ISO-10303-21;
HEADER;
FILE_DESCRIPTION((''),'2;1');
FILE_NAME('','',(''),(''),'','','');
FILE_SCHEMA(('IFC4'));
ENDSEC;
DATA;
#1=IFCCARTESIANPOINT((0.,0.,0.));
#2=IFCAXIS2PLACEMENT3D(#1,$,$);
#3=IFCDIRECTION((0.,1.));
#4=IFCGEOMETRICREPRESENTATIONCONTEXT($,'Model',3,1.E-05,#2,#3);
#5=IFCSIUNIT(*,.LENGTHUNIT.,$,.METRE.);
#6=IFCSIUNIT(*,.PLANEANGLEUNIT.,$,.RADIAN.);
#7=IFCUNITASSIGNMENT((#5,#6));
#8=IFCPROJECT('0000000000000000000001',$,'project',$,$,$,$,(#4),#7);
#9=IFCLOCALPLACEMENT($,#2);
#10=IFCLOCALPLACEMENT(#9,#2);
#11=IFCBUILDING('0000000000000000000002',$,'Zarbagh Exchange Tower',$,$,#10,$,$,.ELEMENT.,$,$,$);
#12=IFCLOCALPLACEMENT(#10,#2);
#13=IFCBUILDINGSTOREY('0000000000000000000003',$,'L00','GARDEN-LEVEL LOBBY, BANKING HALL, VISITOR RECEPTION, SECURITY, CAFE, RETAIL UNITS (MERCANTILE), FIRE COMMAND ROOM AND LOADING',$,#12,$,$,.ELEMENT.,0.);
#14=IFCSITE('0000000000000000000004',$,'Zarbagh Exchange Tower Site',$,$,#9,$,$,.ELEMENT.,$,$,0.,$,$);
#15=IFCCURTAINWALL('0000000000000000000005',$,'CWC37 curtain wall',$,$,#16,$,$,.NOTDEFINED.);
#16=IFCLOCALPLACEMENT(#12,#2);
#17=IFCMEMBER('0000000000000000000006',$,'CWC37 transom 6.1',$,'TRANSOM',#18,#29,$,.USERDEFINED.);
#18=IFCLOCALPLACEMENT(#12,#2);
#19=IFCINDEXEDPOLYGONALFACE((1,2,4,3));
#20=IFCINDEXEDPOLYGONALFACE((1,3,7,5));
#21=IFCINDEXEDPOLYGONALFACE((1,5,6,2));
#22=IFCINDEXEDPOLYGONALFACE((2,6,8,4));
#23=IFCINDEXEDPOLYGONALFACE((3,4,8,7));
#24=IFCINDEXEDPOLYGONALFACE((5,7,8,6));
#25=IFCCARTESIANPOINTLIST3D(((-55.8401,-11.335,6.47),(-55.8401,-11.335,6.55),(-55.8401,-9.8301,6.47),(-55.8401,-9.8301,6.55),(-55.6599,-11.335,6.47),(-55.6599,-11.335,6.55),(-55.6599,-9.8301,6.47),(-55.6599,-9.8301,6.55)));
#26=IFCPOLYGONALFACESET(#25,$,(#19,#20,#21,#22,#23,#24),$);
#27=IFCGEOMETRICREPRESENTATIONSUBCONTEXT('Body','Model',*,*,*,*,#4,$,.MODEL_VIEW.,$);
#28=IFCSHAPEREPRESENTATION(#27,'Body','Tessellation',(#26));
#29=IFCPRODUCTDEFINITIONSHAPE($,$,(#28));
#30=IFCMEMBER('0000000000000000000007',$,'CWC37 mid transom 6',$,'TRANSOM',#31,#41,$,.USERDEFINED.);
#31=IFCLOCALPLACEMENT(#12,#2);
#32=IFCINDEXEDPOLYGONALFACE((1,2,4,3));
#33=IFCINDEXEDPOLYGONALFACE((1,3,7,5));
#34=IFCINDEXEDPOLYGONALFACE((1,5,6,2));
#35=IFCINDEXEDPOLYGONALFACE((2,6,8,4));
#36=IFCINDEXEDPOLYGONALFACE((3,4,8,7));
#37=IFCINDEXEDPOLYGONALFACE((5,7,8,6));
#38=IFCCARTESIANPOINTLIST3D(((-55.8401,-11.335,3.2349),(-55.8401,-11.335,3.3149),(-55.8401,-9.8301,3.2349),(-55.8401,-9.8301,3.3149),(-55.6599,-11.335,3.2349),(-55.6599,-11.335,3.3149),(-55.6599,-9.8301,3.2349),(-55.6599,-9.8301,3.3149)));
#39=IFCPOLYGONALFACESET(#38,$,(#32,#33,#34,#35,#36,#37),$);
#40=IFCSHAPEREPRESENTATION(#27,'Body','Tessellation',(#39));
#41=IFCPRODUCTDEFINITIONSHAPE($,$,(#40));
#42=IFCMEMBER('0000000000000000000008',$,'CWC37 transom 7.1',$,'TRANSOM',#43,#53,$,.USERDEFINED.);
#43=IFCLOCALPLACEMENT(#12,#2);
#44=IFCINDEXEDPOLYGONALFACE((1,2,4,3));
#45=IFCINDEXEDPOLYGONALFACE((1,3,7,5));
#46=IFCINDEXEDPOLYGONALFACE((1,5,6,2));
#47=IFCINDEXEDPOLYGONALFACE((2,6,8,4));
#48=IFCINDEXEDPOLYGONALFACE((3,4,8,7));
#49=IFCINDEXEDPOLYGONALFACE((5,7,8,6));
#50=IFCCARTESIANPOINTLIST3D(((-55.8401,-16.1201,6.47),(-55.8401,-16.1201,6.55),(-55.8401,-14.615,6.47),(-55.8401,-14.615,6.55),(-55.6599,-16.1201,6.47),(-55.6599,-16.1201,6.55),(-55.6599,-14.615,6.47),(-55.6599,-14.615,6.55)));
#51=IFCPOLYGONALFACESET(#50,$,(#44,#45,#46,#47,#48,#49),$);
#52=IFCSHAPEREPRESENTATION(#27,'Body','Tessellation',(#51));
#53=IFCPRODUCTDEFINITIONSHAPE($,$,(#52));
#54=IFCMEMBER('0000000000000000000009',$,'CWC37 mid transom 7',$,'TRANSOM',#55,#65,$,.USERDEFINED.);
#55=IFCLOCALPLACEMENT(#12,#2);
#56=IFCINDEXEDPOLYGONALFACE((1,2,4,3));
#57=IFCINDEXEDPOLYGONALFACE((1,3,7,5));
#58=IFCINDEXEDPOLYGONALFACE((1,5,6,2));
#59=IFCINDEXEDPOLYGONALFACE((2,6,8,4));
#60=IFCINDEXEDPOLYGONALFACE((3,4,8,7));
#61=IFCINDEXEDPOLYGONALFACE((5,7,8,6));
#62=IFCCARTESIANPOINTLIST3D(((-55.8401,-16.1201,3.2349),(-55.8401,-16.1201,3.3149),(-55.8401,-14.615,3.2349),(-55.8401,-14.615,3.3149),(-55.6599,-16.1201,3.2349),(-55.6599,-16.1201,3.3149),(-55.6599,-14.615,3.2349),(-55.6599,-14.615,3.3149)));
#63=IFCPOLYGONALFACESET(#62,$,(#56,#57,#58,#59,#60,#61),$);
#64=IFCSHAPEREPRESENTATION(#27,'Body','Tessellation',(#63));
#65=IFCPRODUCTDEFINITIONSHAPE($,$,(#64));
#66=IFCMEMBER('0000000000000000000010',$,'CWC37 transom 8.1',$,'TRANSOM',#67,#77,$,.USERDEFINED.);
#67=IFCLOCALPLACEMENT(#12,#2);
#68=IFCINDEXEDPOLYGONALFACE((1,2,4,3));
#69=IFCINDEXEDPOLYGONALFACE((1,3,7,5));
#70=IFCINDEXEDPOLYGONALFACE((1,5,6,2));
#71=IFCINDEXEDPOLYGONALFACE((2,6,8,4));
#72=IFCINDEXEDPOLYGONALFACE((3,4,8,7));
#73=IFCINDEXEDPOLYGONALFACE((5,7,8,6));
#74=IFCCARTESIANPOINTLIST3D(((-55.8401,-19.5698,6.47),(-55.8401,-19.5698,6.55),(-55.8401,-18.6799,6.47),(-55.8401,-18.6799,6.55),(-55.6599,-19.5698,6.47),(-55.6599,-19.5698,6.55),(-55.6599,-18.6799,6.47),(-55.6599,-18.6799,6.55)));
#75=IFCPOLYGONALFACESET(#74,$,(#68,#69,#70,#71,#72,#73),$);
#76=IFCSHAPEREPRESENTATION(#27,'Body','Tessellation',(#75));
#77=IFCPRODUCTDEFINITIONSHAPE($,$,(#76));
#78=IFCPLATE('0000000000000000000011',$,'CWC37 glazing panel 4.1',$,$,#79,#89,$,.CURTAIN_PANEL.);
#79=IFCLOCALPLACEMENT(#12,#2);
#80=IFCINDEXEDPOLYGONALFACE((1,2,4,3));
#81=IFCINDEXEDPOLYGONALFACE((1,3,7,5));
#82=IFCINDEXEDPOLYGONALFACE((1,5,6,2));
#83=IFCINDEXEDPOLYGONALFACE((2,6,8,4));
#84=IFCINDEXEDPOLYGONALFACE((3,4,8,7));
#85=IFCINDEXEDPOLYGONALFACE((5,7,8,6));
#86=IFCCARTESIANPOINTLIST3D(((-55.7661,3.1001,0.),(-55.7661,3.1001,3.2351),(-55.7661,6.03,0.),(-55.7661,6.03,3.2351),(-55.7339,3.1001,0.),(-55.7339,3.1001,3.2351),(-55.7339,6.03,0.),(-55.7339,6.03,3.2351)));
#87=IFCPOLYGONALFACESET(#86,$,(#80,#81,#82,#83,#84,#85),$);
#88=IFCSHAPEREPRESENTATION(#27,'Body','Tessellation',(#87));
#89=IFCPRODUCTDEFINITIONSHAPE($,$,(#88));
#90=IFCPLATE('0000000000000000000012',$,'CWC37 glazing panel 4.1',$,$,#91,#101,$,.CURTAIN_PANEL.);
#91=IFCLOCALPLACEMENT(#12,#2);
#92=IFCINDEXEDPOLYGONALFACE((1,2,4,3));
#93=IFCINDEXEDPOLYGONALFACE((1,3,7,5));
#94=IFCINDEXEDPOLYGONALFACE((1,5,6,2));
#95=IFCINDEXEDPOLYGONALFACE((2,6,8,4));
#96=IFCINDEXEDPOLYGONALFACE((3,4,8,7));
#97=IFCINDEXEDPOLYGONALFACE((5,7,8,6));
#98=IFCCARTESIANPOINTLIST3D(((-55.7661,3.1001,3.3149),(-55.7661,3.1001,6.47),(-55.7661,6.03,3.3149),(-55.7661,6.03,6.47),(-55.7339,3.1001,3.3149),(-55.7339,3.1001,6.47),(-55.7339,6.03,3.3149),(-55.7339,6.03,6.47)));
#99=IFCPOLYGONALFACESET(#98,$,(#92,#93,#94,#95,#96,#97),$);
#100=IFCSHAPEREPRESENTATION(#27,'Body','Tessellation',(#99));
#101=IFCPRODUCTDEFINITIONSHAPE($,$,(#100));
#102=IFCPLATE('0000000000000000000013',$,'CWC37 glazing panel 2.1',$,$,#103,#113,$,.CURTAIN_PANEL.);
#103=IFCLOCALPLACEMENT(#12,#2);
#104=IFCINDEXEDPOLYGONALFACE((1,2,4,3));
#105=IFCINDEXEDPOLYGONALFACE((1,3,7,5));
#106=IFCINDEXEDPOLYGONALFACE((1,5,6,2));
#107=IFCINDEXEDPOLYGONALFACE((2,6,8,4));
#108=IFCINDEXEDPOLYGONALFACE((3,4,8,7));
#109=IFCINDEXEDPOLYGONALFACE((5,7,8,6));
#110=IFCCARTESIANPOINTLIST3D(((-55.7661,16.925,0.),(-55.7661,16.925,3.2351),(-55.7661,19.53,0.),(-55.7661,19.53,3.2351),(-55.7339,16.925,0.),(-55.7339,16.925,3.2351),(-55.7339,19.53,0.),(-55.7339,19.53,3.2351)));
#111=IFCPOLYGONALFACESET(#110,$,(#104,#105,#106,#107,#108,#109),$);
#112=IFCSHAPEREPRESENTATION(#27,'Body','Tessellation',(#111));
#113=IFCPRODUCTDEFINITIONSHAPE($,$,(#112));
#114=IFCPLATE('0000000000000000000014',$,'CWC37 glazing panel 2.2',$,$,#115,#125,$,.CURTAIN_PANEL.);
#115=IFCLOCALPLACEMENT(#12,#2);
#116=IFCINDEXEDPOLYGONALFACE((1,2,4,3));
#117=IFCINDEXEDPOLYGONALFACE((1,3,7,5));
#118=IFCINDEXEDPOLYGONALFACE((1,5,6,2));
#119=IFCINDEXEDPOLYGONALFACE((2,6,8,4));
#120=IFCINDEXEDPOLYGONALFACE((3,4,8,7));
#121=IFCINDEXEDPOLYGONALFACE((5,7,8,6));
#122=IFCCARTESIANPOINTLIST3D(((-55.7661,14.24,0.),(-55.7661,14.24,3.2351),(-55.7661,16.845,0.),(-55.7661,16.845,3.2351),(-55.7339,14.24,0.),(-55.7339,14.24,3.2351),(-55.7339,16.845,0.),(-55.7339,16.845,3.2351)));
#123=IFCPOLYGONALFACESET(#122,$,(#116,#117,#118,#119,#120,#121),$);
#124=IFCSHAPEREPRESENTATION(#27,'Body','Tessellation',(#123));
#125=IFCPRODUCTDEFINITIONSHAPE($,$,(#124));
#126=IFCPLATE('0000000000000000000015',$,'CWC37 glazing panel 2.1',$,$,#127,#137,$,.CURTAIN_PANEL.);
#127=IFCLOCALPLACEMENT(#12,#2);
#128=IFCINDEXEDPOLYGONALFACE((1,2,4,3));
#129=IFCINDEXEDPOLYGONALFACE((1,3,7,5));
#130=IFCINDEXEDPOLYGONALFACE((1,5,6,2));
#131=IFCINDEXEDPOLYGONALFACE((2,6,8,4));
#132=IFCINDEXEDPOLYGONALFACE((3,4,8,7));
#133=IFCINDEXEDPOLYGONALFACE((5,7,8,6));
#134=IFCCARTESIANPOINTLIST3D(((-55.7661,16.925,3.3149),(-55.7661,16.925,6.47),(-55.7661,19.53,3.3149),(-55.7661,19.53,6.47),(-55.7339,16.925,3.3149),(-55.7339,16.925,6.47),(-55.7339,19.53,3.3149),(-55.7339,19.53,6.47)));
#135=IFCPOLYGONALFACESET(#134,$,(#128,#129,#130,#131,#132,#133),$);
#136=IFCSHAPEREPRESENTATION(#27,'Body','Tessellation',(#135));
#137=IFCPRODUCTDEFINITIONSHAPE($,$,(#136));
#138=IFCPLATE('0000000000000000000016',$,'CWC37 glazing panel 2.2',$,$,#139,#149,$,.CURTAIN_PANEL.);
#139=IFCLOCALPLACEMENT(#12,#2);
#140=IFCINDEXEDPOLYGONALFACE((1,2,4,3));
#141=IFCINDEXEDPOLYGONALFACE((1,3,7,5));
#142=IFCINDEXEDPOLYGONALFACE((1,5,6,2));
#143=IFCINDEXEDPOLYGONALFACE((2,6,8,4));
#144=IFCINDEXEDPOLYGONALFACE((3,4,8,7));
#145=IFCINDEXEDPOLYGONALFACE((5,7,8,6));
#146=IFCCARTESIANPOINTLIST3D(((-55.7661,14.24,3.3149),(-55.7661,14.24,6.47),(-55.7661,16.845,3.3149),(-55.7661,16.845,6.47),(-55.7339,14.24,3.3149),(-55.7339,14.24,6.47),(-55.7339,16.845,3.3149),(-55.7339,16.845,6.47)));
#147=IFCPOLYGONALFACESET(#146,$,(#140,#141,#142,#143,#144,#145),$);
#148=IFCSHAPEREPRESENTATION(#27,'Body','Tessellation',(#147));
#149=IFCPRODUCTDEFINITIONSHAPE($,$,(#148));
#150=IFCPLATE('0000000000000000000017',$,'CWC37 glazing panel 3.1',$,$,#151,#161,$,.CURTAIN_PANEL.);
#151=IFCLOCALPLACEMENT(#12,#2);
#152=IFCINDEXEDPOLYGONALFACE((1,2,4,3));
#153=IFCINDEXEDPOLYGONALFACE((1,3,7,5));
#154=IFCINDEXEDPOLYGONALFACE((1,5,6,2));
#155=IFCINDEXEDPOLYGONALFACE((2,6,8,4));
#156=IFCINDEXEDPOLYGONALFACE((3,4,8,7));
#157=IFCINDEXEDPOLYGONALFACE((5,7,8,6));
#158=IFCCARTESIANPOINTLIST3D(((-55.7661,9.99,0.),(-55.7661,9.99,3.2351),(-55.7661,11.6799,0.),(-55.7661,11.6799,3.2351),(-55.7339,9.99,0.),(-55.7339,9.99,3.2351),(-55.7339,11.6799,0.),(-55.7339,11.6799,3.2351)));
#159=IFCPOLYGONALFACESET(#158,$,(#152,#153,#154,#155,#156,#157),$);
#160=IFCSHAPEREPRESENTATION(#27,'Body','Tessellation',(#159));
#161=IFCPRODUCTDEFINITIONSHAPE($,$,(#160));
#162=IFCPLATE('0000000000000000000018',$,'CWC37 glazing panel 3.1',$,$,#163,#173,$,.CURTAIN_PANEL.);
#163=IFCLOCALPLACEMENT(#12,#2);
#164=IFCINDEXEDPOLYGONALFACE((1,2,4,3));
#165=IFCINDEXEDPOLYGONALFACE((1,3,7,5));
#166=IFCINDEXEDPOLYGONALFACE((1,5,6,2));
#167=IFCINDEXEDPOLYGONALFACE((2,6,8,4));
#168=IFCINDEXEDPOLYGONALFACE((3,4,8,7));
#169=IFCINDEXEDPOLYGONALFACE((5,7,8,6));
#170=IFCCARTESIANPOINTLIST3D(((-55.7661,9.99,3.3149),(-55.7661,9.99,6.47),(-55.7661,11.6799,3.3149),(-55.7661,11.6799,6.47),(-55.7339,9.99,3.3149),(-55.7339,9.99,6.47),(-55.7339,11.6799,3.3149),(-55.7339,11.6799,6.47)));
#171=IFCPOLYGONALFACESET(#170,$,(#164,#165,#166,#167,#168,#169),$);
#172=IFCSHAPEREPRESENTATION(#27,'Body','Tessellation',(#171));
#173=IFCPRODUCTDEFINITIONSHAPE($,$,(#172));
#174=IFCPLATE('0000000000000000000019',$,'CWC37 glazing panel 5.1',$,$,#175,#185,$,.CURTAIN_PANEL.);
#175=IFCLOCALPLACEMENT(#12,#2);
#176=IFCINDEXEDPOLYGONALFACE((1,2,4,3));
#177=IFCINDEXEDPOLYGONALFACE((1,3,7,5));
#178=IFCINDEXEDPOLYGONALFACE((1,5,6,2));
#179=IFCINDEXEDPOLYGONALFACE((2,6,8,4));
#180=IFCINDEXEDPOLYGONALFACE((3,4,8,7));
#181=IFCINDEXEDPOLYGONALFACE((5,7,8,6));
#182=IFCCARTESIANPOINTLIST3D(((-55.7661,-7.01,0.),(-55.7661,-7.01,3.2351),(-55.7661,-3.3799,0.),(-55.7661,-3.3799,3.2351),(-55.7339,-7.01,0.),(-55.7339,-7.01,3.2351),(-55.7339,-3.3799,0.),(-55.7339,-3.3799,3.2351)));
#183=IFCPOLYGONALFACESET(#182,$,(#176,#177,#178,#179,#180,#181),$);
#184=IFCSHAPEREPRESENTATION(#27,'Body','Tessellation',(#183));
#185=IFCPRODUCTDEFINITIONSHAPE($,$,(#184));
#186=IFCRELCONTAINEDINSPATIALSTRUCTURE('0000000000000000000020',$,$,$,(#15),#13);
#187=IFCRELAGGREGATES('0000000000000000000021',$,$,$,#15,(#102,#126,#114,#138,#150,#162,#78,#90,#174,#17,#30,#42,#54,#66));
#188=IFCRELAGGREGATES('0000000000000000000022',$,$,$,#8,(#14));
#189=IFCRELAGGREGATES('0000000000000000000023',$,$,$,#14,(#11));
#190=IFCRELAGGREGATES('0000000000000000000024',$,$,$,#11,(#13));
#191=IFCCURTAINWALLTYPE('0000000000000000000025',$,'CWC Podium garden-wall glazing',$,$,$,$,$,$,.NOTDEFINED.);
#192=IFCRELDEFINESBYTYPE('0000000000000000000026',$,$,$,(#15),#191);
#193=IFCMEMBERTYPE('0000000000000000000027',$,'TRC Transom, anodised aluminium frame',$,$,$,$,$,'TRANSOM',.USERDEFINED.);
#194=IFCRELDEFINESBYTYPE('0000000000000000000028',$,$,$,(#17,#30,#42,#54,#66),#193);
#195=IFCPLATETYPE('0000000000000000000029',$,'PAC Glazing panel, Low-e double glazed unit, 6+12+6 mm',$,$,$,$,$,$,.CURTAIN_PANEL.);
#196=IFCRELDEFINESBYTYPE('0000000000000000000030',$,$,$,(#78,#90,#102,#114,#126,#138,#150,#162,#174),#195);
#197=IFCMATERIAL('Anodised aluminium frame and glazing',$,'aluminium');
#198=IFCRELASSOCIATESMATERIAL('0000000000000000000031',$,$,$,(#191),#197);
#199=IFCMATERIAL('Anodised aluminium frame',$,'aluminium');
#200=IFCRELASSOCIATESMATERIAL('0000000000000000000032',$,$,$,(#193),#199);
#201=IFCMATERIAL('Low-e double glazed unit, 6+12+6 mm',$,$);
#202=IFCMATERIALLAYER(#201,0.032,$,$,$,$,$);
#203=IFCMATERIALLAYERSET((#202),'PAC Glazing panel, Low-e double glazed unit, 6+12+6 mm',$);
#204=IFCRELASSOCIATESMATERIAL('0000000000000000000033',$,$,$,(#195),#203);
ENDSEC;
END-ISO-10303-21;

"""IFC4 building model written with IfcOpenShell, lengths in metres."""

from ifc_helpers import new_model, si_unit, direction, origin, place, context, subcontext, project, spatial, polyline, outline, extrude, source, transform, mapped, material, layer, layer_set, type_object, element, aggregate, save


model = new_model("IFC4")

# Units and contexts
model_context = context("Model", 3, precision=1e-05, world=origin(), true_north=direction((0.0, 1.0)))
body_context = subcontext(model_context, "Body", "Model", "MODEL_VIEW")
ifc_project = project(units=[si_unit("LENGTHUNIT", "METRE"), si_unit("PLANEANGLEUNIT", "RADIAN")], contexts=[model_context])

# Site, building, storey
site_placement = place(None, origin())
site = spatial("IfcSite", under=ifc_project, at=site_placement, Name="Zarbagh Exchange Tower Site", CompositionType="ELEMENT", RefElevation=0.0)
building_placement = place(site_placement, origin())
building = spatial("IfcBuilding", under=site, at=building_placement, Name="Zarbagh Exchange Tower", CompositionType="ELEMENT")
storey_placement = place(building_placement, origin())
storey = spatial("IfcBuildingStorey", under=building, at=storey_placement, Name="L00", Description="GARDEN-LEVEL LOBBY, BANKING HALL, VISITOR RECEPTION, SECURITY, CAFE, RETAIL UNITS (MERCANTILE), FIRE COMMAND ROOM AND LOADING", CompositionType="ELEMENT", Elevation=0.0)

# Curtain wall, members, plates
ifc_material_1 = material(Name="Anodised aluminium frame and glazing", Category="aluminium")
curtain_wall_type = type_object("IfcCurtainWallType", Name="CWC Podium garden-wall glazing", PredefinedType="NOTDEFINED", material=ifc_material_1)
curtain_wall_placement = place(storey_placement, origin())
curtain_wall = element("IfcCurtainWall", 1, at=curtain_wall_placement, inside=storey, type_object=curtain_wall_type, Name="CWC37 curtain wall", PredefinedType="NOTDEFINED")
ifc_material_2 = material(Name="Anodised aluminium frame", Category="aluminium")
placement = place(storey_placement, origin())
member_type_1 = type_object("IfcMemberType", Name="TRC Transom, anodised aluminium frame", ElementType="TRANSOM", PredefinedType="USERDEFINED", material=ifc_material_2)
shared_shape_1 = source(origin(), body_context, "Body", "SweptSolid", [
    extrude(outline(polyline([(-0.0801, -0.0901), (0.0, -0.0901), (0.0, 0.0901), (-0.0801, 0.0901), (-0.0801, -0.0901)])), origin(), (0.0, 0.0, 1.0), 1.5049),
])
member_1 = element("IfcMember", 2, at=placement, type_object=member_type_1, Name="CWC37 transom 6.1", ObjectType="TRANSOM", PredefinedType="USERDEFINED", context=body_context, shape_type="MappedRepresentation", body=[
    mapped(shared_shape_1, transform((-55.75, -9.8301, 6.55), x_axis=(0.0, 0.0, 1.0), y_axis=(-1.0, 0.0, 0.0), z_axis=(0.0, -1.0, 0.0))),
])
shared_shape_2 = source(origin(), body_context, "Body", "SweptSolid", [
    extrude(outline(polyline([(-0.04, -0.0901), (0.04, -0.0901), (0.04, 0.0901), (-0.04, 0.0901), (-0.04, -0.0901)])), origin(), (0.0, 0.0, 1.0), 1.5049),
])
member_2 = element("IfcMember", 3, at=placement, type_object=member_type_1, Name="CWC37 mid transom 6", ObjectType="TRANSOM", PredefinedType="USERDEFINED", context=body_context, shape_type="MappedRepresentation", body=[
    mapped(shared_shape_2, transform((-55.75, -9.8301, 3.2749), x_axis=(0.0, 0.0, 1.0), y_axis=(-1.0, 0.0, 0.0), z_axis=(0.0, -1.0, 0.0))),
])
shared_shape_3 = source(origin(), body_context, "Body", "SweptSolid", [
    extrude(outline(polyline([(-0.0801, -0.0901), (0.0, -0.0901), (0.0, 0.0901), (-0.0801, 0.0901), (-0.0801, -0.0901)])), origin(), (0.0, 0.0, 1.0), 1.5051),
])
member_3 = element("IfcMember", 4, at=placement, type_object=member_type_1, Name="CWC37 transom 7.1", ObjectType="TRANSOM", PredefinedType="USERDEFINED", context=body_context, shape_type="MappedRepresentation", body=[
    mapped(shared_shape_3, transform((-55.75, -14.615, 6.55), x_axis=(0.0, 0.0, 1.0), y_axis=(-1.0, 0.0, 0.0), z_axis=(0.0, -1.0, 0.0))),
])
shared_shape_4 = source(origin(), body_context, "Body", "SweptSolid", [
    extrude(outline(polyline([(-0.04, -0.0901), (0.04, -0.0901), (0.04, 0.0901), (-0.04, 0.0901), (-0.04, -0.0901)])), origin(), (0.0, 0.0, 1.0), 1.5051),
])
member_4 = element("IfcMember", 5, at=placement, type_object=member_type_1, Name="CWC37 mid transom 7", ObjectType="TRANSOM", PredefinedType="USERDEFINED", context=body_context, shape_type="MappedRepresentation", body=[
    mapped(shared_shape_4, transform((-55.75, -14.615, 3.2749), x_axis=(0.0, 0.0, 1.0), y_axis=(-1.0, 0.0, 0.0), z_axis=(0.0, -1.0, 0.0))),
])
shared_shape_5 = source(origin(), body_context, "Body", "SweptSolid", [
    extrude(outline(polyline([(-0.0801, -0.0901), (0.0, -0.0901), (0.0, 0.0901), (-0.0801, 0.0901), (-0.0801, -0.0901)])), origin(), (0.0, 0.0, 1.0), 0.8899),
])
member_5 = element("IfcMember", 6, at=placement, type_object=member_type_1, Name="CWC37 transom 8.1", ObjectType="TRANSOM", PredefinedType="USERDEFINED", context=body_context, shape_type="MappedRepresentation", body=[
    mapped(shared_shape_5, transform((-55.75, -18.6799, 6.55), x_axis=(0.0, 0.0, 1.0), y_axis=(-1.0, 0.0, 0.0), z_axis=(0.0, -1.0, 0.0))),
])
ifc_material_3 = material(Name="Low-e double glazed unit, 6+12+6 mm")
ifc_layer = layer(ifc_material_3, 0.032)
ifc_layer_set = layer_set([ifc_layer], Name="PAC Glazing panel, Low-e double glazed unit, 6+12+6 mm")
plate_type = type_object("IfcPlateType", Name="PAC Glazing panel, Low-e double glazed unit, 6+12+6 mm", PredefinedType="CURTAIN_PANEL", material=ifc_layer_set)
shared_shape_6 = source(origin(), body_context, "Body", "SweptSolid", [
    extrude(outline(polyline([(0.0, -0.0161), (2.9299, -0.0161), (2.9299, 0.0161), (0.0, 0.0161), (0.0, -0.0161)])), origin(), (0.0, 0.0, 1.0), 3.2351),
])
plate_1 = element("IfcPlate", 7, at=placement, type_object=plate_type, Name="CWC37 glazing panel 4.1", PredefinedType="CURTAIN_PANEL", context=body_context, shape_type="MappedRepresentation", body=[
    mapped(shared_shape_6, transform((-55.75, 6.03, 0.0), x_axis=(0.0, -1.0, 0.0), y_axis=(1.0, 0.0, 0.0), z_axis=(0.0, 0.0, 1.0))),
])
shared_shape_7 = source(origin(), body_context, "Body", "SweptSolid", [
    extrude(outline(polyline([(0.0, -0.0161), (2.9299, -0.0161), (2.9299, 0.0161), (0.0, 0.0161), (0.0, -0.0161)])), origin(), (0.0, 0.0, 1.0), 3.155),
])
plate_2 = element("IfcPlate", 8, at=placement, type_object=plate_type, Name="CWC37 glazing panel 4.1", PredefinedType="CURTAIN_PANEL", context=body_context, shape_type="MappedRepresentation", body=[
    mapped(shared_shape_7, transform((-55.75, 6.03, 3.3149), x_axis=(0.0, -1.0, 0.0), y_axis=(1.0, 0.0, 0.0), z_axis=(0.0, 0.0, 1.0))),
])
shared_shape_8 = source(origin(), body_context, "Body", "SweptSolid", [
    extrude(outline(polyline([(0.0, -0.0161), (2.605, -0.0161), (2.605, 0.0161), (0.0, 0.0161), (0.0, -0.0161)])), origin(), (0.0, 0.0, 1.0), 3.2351),
])
plate_3 = element("IfcPlate", 9, at=placement, type_object=plate_type, Name="CWC37 glazing panel 2.1", PredefinedType="CURTAIN_PANEL", context=body_context, shape_type="MappedRepresentation", body=[
    mapped(shared_shape_8, transform((-55.75, 19.53, 0.0), x_axis=(0.0, -1.0, 0.0), y_axis=(1.0, 0.0, 0.0), z_axis=(0.0, 0.0, 1.0))),
])
plate_4 = element("IfcPlate", 10, at=placement, type_object=plate_type, Name="CWC37 glazing panel 2.2", PredefinedType="CURTAIN_PANEL", context=body_context, shape_type="MappedRepresentation", body=[
    mapped(shared_shape_8, transform((-55.75, 16.845, 0.0), x_axis=(0.0, -1.0, 0.0), y_axis=(1.0, 0.0, 0.0), z_axis=(0.0, 0.0, 1.0))),
])
shared_shape_9 = source(origin(), body_context, "Body", "SweptSolid", [
    extrude(outline(polyline([(0.0, -0.0161), (2.605, -0.0161), (2.605, 0.0161), (0.0, 0.0161), (0.0, -0.0161)])), origin(), (0.0, 0.0, 1.0), 3.155),
])
plate_5 = element("IfcPlate", 11, at=placement, type_object=plate_type, Name="CWC37 glazing panel 2.1", PredefinedType="CURTAIN_PANEL", context=body_context, shape_type="MappedRepresentation", body=[
    mapped(shared_shape_9, transform((-55.75, 19.53, 3.3149), x_axis=(0.0, -1.0, 0.0), y_axis=(1.0, 0.0, 0.0), z_axis=(0.0, 0.0, 1.0))),
])
plate_6 = element("IfcPlate", 12, at=placement, type_object=plate_type, Name="CWC37 glazing panel 2.2", PredefinedType="CURTAIN_PANEL", context=body_context, shape_type="MappedRepresentation", body=[
    mapped(shared_shape_9, transform((-55.75, 16.845, 3.3149), x_axis=(0.0, -1.0, 0.0), y_axis=(1.0, 0.0, 0.0), z_axis=(0.0, 0.0, 1.0))),
])
shared_shape_10 = source(origin(), body_context, "Body", "SweptSolid", [
    extrude(outline(polyline([(0.0, -0.0161), (1.6899, -0.0161), (1.6899, 0.0161), (0.0, 0.0161), (0.0, -0.0161)])), origin(), (0.0, 0.0, 1.0), 3.2351),
])
plate_7 = element("IfcPlate", 13, at=placement, type_object=plate_type, Name="CWC37 glazing panel 3.1", PredefinedType="CURTAIN_PANEL", context=body_context, shape_type="MappedRepresentation", body=[
    mapped(shared_shape_10, transform((-55.75, 11.6799, 0.0), x_axis=(0.0, -1.0, 0.0), y_axis=(1.0, 0.0, 0.0), z_axis=(0.0, 0.0, 1.0))),
])
shared_shape_11 = source(origin(), body_context, "Body", "SweptSolid", [
    extrude(outline(polyline([(0.0, -0.0161), (1.6899, -0.0161), (1.6899, 0.0161), (0.0, 0.0161), (0.0, -0.0161)])), origin(), (0.0, 0.0, 1.0), 3.155),
])
plate_8 = element("IfcPlate", 14, at=placement, type_object=plate_type, Name="CWC37 glazing panel 3.1", PredefinedType="CURTAIN_PANEL", context=body_context, shape_type="MappedRepresentation", body=[
    mapped(shared_shape_11, transform((-55.75, 11.6799, 3.3149), x_axis=(0.0, -1.0, 0.0), y_axis=(1.0, 0.0, 0.0), z_axis=(0.0, 0.0, 1.0))),
])
shared_shape_12 = source(origin(), body_context, "Body", "SweptSolid", [
    extrude(outline(polyline([(0.0, -0.0161), (3.6301, -0.0161), (3.6301, 0.0161), (0.0, 0.0161), (0.0, -0.0161)])), origin(), (0.0, 0.0, 1.0), 3.2351),
])
plate_9 = element("IfcPlate", 15, at=placement, type_object=plate_type, Name="CWC37 glazing panel 5.1", PredefinedType="CURTAIN_PANEL", context=body_context, shape_type="MappedRepresentation", body=[
    mapped(shared_shape_12, transform((-55.75, -3.3799, 0.0), x_axis=(0.0, -1.0, 0.0), y_axis=(1.0, 0.0, 0.0), z_axis=(0.0, 0.0, 1.0))),
])
aggregate(curtain_wall, [plate_3, plate_5, plate_4, plate_6, plate_7, plate_8, plate_1, plate_2, plate_9, member_1, member_2, member_3, member_4, member_5])

save(model, "model.ifc")
